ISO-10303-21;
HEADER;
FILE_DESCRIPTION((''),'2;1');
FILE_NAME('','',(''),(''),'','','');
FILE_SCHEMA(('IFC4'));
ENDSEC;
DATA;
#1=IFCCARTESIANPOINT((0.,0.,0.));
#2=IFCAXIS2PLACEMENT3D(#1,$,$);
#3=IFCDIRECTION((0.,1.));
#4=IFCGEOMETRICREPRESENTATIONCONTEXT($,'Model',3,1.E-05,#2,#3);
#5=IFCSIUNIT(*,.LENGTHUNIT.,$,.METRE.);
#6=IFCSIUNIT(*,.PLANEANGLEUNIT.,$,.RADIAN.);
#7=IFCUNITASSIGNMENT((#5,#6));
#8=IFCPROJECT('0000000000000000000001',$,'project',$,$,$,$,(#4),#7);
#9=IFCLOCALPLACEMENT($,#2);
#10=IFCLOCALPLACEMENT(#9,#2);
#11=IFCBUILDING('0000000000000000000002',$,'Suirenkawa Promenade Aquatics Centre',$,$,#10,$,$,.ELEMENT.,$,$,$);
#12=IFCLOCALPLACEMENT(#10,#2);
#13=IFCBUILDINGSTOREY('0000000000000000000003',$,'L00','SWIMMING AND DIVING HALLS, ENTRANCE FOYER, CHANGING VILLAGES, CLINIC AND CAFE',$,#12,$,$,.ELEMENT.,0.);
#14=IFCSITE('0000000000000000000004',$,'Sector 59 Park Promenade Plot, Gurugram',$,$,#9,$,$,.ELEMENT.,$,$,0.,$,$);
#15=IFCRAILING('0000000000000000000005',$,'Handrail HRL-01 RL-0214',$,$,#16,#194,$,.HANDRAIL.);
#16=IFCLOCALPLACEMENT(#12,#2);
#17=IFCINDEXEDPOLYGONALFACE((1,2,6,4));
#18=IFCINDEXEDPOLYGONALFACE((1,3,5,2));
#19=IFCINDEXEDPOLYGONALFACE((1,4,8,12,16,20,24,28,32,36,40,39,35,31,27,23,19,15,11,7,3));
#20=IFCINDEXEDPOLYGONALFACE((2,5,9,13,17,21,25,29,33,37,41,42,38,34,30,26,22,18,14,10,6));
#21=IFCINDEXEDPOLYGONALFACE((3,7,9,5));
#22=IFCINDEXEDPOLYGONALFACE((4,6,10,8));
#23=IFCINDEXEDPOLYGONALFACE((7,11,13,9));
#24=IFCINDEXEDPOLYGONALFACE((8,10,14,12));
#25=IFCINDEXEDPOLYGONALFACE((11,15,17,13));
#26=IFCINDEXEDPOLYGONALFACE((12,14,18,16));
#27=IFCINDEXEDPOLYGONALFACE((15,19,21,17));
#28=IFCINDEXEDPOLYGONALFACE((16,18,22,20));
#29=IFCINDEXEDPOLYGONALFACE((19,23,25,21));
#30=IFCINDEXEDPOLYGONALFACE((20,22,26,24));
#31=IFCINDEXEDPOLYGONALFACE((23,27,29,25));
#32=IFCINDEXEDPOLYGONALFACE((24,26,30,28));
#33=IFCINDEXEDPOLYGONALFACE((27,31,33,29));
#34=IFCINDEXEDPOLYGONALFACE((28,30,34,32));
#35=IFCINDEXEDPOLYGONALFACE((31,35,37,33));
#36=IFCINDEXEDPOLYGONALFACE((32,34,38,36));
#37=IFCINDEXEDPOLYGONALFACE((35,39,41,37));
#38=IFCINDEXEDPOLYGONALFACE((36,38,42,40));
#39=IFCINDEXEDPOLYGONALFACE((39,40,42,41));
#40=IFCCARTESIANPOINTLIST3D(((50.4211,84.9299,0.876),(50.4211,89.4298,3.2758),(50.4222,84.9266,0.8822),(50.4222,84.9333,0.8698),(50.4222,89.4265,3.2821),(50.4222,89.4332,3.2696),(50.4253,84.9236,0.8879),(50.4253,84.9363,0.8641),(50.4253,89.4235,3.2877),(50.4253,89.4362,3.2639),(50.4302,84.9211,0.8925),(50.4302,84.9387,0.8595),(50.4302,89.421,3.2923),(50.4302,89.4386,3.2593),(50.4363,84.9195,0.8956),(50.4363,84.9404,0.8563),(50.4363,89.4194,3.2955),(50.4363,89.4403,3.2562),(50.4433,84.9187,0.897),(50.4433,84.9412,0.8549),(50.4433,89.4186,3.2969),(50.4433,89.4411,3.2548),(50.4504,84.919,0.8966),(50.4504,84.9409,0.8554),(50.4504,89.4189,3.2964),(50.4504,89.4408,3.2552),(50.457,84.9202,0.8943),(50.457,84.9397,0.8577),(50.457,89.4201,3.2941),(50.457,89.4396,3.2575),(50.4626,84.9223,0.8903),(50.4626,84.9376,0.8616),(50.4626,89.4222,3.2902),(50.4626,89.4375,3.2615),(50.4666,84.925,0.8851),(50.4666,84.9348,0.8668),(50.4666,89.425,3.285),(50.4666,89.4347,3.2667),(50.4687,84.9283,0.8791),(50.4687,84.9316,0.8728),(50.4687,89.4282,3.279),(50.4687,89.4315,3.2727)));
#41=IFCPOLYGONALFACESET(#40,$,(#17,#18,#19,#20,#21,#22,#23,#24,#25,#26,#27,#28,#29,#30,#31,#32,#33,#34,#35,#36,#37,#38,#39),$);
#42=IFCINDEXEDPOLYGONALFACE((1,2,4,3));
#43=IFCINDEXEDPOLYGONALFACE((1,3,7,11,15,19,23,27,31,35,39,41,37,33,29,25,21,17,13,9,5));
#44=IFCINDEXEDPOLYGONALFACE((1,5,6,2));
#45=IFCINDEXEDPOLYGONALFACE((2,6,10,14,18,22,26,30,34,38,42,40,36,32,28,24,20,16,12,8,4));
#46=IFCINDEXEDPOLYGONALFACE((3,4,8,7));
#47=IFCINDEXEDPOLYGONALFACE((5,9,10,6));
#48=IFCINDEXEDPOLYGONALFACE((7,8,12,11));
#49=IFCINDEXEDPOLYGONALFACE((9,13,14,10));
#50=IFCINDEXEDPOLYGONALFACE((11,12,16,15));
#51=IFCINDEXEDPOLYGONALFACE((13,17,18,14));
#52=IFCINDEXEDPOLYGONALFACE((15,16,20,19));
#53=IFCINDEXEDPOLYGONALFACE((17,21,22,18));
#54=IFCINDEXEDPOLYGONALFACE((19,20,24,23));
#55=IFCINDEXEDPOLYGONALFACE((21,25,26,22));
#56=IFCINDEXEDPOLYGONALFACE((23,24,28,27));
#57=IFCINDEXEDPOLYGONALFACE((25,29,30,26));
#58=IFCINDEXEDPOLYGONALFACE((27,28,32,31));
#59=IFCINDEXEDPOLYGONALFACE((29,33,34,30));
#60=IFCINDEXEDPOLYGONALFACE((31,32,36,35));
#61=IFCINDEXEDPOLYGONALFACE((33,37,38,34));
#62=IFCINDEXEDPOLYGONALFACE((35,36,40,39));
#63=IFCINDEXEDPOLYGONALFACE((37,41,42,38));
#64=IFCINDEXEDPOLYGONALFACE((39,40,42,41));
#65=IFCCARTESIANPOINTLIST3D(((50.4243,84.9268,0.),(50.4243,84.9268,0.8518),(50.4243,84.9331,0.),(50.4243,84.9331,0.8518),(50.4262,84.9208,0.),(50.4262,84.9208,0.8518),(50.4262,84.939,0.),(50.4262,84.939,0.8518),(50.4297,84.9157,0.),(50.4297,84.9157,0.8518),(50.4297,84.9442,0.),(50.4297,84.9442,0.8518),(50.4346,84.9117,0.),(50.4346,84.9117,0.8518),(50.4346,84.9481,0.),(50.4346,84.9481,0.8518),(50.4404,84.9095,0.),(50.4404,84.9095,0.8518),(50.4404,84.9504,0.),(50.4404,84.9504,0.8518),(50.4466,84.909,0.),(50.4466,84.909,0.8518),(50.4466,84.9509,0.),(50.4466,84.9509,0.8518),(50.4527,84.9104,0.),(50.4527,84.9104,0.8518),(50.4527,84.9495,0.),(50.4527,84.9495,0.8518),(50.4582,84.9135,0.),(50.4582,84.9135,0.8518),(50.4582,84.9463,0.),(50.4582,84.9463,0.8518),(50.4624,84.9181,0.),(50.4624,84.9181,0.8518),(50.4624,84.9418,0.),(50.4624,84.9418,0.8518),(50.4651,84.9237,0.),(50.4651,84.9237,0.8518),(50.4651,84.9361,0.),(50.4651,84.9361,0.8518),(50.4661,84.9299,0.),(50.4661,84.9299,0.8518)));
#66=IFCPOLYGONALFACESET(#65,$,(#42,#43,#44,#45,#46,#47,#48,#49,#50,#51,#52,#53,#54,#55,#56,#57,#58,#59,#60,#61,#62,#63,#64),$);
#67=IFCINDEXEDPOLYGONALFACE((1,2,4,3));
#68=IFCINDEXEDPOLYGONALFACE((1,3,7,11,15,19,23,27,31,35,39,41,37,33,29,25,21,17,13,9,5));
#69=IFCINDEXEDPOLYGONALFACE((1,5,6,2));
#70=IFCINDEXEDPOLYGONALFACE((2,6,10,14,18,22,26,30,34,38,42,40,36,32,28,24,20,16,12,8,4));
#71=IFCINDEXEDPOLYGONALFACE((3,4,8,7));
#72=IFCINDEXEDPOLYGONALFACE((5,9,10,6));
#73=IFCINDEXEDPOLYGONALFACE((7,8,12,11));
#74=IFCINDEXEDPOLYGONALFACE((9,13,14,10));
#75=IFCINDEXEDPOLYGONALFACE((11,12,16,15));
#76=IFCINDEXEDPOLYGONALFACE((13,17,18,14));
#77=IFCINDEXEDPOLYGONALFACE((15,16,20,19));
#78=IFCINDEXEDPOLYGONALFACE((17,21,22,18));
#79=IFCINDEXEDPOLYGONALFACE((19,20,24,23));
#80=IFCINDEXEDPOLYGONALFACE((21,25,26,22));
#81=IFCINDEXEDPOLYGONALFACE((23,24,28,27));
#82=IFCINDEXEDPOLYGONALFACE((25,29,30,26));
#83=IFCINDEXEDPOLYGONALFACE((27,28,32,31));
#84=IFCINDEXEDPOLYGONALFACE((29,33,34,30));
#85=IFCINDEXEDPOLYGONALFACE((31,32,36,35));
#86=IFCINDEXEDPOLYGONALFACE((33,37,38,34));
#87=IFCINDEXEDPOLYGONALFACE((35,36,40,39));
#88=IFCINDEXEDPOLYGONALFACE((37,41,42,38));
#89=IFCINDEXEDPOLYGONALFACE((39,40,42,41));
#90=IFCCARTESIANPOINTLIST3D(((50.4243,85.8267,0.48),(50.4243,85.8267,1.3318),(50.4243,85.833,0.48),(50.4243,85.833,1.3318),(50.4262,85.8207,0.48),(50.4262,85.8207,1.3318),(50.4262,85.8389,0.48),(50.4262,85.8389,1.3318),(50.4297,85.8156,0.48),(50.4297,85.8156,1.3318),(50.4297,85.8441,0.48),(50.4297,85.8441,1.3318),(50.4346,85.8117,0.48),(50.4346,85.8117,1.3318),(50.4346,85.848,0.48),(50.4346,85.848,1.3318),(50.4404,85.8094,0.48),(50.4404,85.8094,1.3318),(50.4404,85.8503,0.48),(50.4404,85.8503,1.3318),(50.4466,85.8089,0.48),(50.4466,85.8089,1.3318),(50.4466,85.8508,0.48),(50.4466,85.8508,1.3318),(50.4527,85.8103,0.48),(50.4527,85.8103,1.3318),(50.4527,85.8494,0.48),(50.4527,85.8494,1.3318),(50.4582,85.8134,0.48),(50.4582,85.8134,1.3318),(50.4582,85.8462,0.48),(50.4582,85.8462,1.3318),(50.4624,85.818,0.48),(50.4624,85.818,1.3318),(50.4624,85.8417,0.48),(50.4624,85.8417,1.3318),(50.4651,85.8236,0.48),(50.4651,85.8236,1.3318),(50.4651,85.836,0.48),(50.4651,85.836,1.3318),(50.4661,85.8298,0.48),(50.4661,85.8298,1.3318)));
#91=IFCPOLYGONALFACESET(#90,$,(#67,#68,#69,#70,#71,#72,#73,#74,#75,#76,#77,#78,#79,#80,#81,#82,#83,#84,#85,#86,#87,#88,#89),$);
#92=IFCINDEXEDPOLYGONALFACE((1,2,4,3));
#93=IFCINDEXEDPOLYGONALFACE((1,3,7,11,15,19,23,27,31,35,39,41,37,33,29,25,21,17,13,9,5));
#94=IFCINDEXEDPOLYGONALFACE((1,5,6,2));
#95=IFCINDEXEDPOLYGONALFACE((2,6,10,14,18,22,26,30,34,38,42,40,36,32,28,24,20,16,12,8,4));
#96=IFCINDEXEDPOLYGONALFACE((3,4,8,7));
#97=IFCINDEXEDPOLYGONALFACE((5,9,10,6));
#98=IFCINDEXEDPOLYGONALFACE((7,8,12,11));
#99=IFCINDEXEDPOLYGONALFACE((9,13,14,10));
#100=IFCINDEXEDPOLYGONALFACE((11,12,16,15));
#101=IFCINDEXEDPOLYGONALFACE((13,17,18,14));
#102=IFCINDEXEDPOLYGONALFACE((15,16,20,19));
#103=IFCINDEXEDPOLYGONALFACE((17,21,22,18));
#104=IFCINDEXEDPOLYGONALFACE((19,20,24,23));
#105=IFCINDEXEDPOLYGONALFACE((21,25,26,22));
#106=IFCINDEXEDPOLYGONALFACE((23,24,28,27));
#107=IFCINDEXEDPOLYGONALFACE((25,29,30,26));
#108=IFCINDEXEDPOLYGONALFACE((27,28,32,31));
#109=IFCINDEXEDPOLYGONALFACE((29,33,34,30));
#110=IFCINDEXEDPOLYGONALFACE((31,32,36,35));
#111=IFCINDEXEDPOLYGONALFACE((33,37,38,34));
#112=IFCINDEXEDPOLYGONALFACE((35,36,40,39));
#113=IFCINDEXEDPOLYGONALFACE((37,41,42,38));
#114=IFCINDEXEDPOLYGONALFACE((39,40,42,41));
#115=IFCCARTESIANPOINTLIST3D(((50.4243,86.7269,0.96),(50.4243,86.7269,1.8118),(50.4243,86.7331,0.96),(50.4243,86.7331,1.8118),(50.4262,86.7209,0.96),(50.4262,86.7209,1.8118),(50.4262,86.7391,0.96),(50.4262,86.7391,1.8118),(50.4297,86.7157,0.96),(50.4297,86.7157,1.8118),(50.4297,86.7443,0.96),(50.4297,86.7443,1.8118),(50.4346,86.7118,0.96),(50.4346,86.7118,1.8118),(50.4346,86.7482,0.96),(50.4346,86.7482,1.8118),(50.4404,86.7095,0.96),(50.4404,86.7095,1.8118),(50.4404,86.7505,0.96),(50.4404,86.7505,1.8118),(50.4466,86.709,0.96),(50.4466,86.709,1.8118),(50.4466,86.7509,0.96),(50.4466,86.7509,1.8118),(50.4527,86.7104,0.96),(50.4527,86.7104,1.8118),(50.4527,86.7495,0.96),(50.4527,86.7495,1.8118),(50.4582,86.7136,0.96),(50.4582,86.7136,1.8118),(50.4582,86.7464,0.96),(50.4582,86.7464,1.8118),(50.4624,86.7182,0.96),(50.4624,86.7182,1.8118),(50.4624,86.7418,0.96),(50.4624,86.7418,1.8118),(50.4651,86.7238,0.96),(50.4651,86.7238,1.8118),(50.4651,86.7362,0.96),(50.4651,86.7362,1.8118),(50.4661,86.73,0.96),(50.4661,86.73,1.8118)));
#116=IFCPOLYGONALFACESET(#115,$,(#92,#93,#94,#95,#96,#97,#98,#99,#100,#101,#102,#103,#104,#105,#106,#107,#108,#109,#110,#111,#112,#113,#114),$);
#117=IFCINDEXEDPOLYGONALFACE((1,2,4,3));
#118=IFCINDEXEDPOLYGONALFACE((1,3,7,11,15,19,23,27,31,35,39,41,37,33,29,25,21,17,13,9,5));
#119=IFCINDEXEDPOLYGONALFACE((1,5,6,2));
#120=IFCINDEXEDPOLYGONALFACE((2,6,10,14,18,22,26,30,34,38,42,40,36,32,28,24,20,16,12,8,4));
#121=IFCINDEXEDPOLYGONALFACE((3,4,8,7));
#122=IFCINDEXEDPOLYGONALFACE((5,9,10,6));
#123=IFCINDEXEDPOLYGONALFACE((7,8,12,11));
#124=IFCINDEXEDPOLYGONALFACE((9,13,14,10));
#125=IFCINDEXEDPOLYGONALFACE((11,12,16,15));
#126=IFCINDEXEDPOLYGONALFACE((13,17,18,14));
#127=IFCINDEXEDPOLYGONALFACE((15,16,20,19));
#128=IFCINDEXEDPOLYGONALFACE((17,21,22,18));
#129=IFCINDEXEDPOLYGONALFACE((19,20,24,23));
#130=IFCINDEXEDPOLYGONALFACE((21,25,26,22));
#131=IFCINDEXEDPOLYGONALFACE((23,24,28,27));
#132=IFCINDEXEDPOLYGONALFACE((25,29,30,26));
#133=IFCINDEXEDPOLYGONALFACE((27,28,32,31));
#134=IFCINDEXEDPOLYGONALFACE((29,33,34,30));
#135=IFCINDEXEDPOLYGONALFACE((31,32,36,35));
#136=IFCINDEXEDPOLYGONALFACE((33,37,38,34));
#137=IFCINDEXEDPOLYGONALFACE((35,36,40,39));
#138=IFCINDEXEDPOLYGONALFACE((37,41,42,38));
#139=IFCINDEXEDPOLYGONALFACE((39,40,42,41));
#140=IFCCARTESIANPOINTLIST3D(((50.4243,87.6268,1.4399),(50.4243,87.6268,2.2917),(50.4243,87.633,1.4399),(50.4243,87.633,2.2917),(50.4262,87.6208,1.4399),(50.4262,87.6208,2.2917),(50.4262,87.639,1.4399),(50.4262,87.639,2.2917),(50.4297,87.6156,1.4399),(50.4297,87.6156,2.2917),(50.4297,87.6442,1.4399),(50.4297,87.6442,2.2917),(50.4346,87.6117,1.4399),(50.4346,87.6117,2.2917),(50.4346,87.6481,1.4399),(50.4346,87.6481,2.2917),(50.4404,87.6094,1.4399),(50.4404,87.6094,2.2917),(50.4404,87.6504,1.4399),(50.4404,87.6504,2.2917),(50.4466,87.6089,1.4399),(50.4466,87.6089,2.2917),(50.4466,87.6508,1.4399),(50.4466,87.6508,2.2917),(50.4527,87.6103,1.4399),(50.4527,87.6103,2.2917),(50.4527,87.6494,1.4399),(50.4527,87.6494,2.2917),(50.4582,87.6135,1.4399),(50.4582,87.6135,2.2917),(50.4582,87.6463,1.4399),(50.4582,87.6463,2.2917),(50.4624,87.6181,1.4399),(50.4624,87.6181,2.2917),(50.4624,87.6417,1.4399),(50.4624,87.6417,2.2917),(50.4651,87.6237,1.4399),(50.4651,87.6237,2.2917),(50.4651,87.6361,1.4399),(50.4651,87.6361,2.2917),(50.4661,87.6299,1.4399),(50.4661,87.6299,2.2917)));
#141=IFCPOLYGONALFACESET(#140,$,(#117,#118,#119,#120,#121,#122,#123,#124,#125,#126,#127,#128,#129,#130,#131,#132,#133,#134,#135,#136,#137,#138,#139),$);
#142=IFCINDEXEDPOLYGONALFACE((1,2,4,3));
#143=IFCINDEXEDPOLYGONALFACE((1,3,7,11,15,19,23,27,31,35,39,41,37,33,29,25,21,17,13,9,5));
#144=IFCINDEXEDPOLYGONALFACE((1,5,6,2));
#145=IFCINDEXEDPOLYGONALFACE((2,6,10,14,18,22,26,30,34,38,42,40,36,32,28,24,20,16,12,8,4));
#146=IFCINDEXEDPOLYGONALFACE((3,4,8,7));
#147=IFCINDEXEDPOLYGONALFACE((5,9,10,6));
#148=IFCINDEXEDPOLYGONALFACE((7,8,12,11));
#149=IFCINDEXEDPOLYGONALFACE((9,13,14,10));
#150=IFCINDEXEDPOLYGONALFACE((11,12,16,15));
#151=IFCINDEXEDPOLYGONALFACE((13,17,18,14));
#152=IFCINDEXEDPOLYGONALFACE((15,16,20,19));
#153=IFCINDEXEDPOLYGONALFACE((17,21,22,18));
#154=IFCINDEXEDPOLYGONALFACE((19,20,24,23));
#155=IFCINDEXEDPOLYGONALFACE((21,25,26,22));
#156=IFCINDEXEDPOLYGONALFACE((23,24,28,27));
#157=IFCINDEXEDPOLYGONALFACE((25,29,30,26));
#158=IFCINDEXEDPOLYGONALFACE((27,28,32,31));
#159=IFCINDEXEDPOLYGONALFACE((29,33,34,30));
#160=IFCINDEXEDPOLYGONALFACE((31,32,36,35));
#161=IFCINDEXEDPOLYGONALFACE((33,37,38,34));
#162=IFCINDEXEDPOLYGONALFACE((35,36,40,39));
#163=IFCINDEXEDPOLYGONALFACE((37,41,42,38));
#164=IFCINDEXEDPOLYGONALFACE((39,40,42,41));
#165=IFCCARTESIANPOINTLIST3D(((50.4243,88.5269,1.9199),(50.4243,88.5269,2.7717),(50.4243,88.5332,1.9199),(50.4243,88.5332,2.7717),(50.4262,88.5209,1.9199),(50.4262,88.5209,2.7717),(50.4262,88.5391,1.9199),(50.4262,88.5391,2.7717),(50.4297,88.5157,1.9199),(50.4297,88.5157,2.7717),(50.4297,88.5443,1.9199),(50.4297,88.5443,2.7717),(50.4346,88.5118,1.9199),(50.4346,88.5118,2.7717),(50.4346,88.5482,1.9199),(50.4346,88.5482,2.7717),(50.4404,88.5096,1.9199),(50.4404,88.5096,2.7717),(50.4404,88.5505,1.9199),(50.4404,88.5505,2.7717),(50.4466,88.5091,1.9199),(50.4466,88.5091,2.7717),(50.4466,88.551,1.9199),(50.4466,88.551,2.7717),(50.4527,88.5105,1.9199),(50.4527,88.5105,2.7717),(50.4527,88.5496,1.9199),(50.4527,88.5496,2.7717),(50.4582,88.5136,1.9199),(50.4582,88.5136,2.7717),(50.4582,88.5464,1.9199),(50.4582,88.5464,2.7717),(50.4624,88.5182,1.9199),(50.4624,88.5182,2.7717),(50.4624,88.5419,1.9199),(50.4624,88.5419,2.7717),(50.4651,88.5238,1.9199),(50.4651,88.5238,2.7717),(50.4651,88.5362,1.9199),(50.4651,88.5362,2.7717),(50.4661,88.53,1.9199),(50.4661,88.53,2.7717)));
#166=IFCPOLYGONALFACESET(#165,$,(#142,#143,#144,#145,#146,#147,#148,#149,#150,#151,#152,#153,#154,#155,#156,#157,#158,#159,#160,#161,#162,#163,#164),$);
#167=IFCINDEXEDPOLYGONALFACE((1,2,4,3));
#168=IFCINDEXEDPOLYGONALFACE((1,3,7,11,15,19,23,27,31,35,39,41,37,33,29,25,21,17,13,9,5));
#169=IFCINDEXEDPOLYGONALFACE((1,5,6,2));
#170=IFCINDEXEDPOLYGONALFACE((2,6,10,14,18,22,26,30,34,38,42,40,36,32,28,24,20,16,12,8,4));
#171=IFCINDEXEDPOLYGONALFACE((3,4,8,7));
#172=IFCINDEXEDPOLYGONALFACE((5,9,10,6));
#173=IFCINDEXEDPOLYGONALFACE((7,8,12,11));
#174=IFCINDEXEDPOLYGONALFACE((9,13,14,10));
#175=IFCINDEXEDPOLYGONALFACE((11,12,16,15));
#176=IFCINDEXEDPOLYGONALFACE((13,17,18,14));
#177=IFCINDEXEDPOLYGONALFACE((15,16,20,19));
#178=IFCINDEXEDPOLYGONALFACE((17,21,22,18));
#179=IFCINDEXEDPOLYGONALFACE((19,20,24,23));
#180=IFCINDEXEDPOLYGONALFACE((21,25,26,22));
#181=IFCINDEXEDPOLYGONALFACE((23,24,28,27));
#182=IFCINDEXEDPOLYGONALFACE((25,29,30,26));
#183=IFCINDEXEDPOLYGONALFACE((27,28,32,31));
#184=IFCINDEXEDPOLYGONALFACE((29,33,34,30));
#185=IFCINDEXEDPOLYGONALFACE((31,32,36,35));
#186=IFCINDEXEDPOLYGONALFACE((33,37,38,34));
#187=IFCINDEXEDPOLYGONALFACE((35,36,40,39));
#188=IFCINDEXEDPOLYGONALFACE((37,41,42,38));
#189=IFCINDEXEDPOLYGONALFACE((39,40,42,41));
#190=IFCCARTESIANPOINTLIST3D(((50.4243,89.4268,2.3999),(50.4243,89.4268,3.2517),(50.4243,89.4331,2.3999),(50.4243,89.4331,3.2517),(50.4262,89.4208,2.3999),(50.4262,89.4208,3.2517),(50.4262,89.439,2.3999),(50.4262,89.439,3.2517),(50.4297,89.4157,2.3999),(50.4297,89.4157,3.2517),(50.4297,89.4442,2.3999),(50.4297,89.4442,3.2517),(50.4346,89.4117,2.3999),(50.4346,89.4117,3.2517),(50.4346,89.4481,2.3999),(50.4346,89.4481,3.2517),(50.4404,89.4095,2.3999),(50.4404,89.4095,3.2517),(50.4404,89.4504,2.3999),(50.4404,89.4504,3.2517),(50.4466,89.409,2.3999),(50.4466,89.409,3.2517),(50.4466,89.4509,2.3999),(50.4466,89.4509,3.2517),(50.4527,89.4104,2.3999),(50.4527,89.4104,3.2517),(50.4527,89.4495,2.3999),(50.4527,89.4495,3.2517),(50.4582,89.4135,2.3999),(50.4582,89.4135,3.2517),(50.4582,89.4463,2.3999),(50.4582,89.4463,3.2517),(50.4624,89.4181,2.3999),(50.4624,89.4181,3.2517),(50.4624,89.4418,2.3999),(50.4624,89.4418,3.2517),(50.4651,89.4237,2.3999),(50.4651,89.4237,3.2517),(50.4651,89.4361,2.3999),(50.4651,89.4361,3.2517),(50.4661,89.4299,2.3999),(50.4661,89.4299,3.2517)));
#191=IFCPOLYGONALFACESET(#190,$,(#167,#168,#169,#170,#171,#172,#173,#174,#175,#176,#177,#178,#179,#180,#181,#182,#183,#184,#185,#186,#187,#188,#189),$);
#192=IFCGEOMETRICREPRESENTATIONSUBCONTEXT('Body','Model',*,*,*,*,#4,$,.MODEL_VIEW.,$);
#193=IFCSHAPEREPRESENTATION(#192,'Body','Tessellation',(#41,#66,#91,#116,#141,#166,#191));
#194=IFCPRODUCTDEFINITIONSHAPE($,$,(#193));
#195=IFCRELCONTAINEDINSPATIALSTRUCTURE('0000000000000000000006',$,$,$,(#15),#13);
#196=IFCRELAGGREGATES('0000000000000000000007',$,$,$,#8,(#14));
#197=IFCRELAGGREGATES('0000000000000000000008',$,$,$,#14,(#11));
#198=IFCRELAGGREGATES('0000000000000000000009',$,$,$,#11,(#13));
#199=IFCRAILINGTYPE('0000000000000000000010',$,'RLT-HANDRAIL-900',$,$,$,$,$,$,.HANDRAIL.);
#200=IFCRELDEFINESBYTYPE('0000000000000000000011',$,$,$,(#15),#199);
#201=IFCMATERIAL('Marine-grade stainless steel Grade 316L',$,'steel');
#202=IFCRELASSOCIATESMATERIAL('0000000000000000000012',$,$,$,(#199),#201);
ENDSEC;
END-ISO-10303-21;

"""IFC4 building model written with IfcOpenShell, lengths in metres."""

from ifc_helpers import new_model, si_unit, direction, frame, origin, origin_2d, place, context, subcontext, project, spatial, circle, extrude, material, type_object, element, save


model = new_model("IFC4")

# Units and contexts
model_context = context("Model", 3, precision=1e-05, world=origin(), true_north=direction((0.0, 1.0)))
body_context = subcontext(model_context, "Body", "Model", "MODEL_VIEW")
ifc_project = project(units=[si_unit("LENGTHUNIT", "METRE"), si_unit("PLANEANGLEUNIT", "RADIAN")], contexts=[model_context])

# Site, building, storey
site_placement = place(None, origin())
site = spatial("IfcSite", under=ifc_project, at=site_placement, Name="Sector 59 Park Promenade Plot, Gurugram", CompositionType="ELEMENT", RefElevation=0.0)
building_placement = place(site_placement, origin())
building = spatial("IfcBuilding", under=site, at=building_placement, Name="Suirenkawa Promenade Aquatics Centre", CompositionType="ELEMENT")
storey_placement = place(building_placement, origin())
storey = spatial("IfcBuildingStorey", under=building, at=storey_placement, Name="L00", Description="SWIMMING AND DIVING HALLS, ENTRANCE FOYER, CHANGING VILLAGES, CLINIC AND CAFE", CompositionType="ELEMENT", Elevation=0.0)

# Railing
ifc_material_1 = material(Name="Marine-grade stainless steel Grade 316L", Category="steel")
railing_type_1 = type_object("IfcRailingType", Name="RLT-HANDRAIL-900", PredefinedType="HANDRAIL", material=ifc_material_1)
for number, where, name in (
    (1, (50.4451, 84.9299, 0.0), "Handrail HRL-01 RL-0214"),
):
    element("IfcRailing", number, at=place(storey_placement, frame(where)), inside=storey, type_object=railing_type_1, Name=name, PredefinedType="HANDRAIL", context=body_context, shape_type="SweptSolid", body=[
        extrude(circle(Radius=0.0239, at=origin_2d()), frame((0.0, 0.0, 0.876), z_axis=(0.0, 0.882361, 0.470573), x_axis=(-1.0, 0.0, 0.0)), (0.0, 0.0, 1.0), 5.0999),
        extrude(circle(Radius=0.021, at=origin_2d()), origin(), (0.0, 0.0, 1.0), 0.8518),
        extrude(circle(Radius=0.021, at=origin_2d()), frame((0.0, 0.8999, 0.48)), (0.0, 0.0, 1.0), 0.8518),
        extrude(circle(Radius=0.021, at=origin_2d()), frame((0.0, 1.8, 0.96)), (0.0, 0.0, 1.0), 0.8518),
        extrude(circle(Radius=0.021, at=origin_2d()), frame((0.0, 2.7, 1.4399)), (0.0, 0.0, 1.0), 0.8518),
        extrude(circle(Radius=0.021, at=origin_2d()), frame((0.0, 3.6001, 1.9199)), (0.0, 0.0, 1.0), 0.8518),
        extrude(circle(Radius=0.021, at=origin_2d()), frame((0.0, 4.5, 2.3999)), (0.0, 0.0, 1.0), 0.8518),
    ])

save(model, "model.ifc")
